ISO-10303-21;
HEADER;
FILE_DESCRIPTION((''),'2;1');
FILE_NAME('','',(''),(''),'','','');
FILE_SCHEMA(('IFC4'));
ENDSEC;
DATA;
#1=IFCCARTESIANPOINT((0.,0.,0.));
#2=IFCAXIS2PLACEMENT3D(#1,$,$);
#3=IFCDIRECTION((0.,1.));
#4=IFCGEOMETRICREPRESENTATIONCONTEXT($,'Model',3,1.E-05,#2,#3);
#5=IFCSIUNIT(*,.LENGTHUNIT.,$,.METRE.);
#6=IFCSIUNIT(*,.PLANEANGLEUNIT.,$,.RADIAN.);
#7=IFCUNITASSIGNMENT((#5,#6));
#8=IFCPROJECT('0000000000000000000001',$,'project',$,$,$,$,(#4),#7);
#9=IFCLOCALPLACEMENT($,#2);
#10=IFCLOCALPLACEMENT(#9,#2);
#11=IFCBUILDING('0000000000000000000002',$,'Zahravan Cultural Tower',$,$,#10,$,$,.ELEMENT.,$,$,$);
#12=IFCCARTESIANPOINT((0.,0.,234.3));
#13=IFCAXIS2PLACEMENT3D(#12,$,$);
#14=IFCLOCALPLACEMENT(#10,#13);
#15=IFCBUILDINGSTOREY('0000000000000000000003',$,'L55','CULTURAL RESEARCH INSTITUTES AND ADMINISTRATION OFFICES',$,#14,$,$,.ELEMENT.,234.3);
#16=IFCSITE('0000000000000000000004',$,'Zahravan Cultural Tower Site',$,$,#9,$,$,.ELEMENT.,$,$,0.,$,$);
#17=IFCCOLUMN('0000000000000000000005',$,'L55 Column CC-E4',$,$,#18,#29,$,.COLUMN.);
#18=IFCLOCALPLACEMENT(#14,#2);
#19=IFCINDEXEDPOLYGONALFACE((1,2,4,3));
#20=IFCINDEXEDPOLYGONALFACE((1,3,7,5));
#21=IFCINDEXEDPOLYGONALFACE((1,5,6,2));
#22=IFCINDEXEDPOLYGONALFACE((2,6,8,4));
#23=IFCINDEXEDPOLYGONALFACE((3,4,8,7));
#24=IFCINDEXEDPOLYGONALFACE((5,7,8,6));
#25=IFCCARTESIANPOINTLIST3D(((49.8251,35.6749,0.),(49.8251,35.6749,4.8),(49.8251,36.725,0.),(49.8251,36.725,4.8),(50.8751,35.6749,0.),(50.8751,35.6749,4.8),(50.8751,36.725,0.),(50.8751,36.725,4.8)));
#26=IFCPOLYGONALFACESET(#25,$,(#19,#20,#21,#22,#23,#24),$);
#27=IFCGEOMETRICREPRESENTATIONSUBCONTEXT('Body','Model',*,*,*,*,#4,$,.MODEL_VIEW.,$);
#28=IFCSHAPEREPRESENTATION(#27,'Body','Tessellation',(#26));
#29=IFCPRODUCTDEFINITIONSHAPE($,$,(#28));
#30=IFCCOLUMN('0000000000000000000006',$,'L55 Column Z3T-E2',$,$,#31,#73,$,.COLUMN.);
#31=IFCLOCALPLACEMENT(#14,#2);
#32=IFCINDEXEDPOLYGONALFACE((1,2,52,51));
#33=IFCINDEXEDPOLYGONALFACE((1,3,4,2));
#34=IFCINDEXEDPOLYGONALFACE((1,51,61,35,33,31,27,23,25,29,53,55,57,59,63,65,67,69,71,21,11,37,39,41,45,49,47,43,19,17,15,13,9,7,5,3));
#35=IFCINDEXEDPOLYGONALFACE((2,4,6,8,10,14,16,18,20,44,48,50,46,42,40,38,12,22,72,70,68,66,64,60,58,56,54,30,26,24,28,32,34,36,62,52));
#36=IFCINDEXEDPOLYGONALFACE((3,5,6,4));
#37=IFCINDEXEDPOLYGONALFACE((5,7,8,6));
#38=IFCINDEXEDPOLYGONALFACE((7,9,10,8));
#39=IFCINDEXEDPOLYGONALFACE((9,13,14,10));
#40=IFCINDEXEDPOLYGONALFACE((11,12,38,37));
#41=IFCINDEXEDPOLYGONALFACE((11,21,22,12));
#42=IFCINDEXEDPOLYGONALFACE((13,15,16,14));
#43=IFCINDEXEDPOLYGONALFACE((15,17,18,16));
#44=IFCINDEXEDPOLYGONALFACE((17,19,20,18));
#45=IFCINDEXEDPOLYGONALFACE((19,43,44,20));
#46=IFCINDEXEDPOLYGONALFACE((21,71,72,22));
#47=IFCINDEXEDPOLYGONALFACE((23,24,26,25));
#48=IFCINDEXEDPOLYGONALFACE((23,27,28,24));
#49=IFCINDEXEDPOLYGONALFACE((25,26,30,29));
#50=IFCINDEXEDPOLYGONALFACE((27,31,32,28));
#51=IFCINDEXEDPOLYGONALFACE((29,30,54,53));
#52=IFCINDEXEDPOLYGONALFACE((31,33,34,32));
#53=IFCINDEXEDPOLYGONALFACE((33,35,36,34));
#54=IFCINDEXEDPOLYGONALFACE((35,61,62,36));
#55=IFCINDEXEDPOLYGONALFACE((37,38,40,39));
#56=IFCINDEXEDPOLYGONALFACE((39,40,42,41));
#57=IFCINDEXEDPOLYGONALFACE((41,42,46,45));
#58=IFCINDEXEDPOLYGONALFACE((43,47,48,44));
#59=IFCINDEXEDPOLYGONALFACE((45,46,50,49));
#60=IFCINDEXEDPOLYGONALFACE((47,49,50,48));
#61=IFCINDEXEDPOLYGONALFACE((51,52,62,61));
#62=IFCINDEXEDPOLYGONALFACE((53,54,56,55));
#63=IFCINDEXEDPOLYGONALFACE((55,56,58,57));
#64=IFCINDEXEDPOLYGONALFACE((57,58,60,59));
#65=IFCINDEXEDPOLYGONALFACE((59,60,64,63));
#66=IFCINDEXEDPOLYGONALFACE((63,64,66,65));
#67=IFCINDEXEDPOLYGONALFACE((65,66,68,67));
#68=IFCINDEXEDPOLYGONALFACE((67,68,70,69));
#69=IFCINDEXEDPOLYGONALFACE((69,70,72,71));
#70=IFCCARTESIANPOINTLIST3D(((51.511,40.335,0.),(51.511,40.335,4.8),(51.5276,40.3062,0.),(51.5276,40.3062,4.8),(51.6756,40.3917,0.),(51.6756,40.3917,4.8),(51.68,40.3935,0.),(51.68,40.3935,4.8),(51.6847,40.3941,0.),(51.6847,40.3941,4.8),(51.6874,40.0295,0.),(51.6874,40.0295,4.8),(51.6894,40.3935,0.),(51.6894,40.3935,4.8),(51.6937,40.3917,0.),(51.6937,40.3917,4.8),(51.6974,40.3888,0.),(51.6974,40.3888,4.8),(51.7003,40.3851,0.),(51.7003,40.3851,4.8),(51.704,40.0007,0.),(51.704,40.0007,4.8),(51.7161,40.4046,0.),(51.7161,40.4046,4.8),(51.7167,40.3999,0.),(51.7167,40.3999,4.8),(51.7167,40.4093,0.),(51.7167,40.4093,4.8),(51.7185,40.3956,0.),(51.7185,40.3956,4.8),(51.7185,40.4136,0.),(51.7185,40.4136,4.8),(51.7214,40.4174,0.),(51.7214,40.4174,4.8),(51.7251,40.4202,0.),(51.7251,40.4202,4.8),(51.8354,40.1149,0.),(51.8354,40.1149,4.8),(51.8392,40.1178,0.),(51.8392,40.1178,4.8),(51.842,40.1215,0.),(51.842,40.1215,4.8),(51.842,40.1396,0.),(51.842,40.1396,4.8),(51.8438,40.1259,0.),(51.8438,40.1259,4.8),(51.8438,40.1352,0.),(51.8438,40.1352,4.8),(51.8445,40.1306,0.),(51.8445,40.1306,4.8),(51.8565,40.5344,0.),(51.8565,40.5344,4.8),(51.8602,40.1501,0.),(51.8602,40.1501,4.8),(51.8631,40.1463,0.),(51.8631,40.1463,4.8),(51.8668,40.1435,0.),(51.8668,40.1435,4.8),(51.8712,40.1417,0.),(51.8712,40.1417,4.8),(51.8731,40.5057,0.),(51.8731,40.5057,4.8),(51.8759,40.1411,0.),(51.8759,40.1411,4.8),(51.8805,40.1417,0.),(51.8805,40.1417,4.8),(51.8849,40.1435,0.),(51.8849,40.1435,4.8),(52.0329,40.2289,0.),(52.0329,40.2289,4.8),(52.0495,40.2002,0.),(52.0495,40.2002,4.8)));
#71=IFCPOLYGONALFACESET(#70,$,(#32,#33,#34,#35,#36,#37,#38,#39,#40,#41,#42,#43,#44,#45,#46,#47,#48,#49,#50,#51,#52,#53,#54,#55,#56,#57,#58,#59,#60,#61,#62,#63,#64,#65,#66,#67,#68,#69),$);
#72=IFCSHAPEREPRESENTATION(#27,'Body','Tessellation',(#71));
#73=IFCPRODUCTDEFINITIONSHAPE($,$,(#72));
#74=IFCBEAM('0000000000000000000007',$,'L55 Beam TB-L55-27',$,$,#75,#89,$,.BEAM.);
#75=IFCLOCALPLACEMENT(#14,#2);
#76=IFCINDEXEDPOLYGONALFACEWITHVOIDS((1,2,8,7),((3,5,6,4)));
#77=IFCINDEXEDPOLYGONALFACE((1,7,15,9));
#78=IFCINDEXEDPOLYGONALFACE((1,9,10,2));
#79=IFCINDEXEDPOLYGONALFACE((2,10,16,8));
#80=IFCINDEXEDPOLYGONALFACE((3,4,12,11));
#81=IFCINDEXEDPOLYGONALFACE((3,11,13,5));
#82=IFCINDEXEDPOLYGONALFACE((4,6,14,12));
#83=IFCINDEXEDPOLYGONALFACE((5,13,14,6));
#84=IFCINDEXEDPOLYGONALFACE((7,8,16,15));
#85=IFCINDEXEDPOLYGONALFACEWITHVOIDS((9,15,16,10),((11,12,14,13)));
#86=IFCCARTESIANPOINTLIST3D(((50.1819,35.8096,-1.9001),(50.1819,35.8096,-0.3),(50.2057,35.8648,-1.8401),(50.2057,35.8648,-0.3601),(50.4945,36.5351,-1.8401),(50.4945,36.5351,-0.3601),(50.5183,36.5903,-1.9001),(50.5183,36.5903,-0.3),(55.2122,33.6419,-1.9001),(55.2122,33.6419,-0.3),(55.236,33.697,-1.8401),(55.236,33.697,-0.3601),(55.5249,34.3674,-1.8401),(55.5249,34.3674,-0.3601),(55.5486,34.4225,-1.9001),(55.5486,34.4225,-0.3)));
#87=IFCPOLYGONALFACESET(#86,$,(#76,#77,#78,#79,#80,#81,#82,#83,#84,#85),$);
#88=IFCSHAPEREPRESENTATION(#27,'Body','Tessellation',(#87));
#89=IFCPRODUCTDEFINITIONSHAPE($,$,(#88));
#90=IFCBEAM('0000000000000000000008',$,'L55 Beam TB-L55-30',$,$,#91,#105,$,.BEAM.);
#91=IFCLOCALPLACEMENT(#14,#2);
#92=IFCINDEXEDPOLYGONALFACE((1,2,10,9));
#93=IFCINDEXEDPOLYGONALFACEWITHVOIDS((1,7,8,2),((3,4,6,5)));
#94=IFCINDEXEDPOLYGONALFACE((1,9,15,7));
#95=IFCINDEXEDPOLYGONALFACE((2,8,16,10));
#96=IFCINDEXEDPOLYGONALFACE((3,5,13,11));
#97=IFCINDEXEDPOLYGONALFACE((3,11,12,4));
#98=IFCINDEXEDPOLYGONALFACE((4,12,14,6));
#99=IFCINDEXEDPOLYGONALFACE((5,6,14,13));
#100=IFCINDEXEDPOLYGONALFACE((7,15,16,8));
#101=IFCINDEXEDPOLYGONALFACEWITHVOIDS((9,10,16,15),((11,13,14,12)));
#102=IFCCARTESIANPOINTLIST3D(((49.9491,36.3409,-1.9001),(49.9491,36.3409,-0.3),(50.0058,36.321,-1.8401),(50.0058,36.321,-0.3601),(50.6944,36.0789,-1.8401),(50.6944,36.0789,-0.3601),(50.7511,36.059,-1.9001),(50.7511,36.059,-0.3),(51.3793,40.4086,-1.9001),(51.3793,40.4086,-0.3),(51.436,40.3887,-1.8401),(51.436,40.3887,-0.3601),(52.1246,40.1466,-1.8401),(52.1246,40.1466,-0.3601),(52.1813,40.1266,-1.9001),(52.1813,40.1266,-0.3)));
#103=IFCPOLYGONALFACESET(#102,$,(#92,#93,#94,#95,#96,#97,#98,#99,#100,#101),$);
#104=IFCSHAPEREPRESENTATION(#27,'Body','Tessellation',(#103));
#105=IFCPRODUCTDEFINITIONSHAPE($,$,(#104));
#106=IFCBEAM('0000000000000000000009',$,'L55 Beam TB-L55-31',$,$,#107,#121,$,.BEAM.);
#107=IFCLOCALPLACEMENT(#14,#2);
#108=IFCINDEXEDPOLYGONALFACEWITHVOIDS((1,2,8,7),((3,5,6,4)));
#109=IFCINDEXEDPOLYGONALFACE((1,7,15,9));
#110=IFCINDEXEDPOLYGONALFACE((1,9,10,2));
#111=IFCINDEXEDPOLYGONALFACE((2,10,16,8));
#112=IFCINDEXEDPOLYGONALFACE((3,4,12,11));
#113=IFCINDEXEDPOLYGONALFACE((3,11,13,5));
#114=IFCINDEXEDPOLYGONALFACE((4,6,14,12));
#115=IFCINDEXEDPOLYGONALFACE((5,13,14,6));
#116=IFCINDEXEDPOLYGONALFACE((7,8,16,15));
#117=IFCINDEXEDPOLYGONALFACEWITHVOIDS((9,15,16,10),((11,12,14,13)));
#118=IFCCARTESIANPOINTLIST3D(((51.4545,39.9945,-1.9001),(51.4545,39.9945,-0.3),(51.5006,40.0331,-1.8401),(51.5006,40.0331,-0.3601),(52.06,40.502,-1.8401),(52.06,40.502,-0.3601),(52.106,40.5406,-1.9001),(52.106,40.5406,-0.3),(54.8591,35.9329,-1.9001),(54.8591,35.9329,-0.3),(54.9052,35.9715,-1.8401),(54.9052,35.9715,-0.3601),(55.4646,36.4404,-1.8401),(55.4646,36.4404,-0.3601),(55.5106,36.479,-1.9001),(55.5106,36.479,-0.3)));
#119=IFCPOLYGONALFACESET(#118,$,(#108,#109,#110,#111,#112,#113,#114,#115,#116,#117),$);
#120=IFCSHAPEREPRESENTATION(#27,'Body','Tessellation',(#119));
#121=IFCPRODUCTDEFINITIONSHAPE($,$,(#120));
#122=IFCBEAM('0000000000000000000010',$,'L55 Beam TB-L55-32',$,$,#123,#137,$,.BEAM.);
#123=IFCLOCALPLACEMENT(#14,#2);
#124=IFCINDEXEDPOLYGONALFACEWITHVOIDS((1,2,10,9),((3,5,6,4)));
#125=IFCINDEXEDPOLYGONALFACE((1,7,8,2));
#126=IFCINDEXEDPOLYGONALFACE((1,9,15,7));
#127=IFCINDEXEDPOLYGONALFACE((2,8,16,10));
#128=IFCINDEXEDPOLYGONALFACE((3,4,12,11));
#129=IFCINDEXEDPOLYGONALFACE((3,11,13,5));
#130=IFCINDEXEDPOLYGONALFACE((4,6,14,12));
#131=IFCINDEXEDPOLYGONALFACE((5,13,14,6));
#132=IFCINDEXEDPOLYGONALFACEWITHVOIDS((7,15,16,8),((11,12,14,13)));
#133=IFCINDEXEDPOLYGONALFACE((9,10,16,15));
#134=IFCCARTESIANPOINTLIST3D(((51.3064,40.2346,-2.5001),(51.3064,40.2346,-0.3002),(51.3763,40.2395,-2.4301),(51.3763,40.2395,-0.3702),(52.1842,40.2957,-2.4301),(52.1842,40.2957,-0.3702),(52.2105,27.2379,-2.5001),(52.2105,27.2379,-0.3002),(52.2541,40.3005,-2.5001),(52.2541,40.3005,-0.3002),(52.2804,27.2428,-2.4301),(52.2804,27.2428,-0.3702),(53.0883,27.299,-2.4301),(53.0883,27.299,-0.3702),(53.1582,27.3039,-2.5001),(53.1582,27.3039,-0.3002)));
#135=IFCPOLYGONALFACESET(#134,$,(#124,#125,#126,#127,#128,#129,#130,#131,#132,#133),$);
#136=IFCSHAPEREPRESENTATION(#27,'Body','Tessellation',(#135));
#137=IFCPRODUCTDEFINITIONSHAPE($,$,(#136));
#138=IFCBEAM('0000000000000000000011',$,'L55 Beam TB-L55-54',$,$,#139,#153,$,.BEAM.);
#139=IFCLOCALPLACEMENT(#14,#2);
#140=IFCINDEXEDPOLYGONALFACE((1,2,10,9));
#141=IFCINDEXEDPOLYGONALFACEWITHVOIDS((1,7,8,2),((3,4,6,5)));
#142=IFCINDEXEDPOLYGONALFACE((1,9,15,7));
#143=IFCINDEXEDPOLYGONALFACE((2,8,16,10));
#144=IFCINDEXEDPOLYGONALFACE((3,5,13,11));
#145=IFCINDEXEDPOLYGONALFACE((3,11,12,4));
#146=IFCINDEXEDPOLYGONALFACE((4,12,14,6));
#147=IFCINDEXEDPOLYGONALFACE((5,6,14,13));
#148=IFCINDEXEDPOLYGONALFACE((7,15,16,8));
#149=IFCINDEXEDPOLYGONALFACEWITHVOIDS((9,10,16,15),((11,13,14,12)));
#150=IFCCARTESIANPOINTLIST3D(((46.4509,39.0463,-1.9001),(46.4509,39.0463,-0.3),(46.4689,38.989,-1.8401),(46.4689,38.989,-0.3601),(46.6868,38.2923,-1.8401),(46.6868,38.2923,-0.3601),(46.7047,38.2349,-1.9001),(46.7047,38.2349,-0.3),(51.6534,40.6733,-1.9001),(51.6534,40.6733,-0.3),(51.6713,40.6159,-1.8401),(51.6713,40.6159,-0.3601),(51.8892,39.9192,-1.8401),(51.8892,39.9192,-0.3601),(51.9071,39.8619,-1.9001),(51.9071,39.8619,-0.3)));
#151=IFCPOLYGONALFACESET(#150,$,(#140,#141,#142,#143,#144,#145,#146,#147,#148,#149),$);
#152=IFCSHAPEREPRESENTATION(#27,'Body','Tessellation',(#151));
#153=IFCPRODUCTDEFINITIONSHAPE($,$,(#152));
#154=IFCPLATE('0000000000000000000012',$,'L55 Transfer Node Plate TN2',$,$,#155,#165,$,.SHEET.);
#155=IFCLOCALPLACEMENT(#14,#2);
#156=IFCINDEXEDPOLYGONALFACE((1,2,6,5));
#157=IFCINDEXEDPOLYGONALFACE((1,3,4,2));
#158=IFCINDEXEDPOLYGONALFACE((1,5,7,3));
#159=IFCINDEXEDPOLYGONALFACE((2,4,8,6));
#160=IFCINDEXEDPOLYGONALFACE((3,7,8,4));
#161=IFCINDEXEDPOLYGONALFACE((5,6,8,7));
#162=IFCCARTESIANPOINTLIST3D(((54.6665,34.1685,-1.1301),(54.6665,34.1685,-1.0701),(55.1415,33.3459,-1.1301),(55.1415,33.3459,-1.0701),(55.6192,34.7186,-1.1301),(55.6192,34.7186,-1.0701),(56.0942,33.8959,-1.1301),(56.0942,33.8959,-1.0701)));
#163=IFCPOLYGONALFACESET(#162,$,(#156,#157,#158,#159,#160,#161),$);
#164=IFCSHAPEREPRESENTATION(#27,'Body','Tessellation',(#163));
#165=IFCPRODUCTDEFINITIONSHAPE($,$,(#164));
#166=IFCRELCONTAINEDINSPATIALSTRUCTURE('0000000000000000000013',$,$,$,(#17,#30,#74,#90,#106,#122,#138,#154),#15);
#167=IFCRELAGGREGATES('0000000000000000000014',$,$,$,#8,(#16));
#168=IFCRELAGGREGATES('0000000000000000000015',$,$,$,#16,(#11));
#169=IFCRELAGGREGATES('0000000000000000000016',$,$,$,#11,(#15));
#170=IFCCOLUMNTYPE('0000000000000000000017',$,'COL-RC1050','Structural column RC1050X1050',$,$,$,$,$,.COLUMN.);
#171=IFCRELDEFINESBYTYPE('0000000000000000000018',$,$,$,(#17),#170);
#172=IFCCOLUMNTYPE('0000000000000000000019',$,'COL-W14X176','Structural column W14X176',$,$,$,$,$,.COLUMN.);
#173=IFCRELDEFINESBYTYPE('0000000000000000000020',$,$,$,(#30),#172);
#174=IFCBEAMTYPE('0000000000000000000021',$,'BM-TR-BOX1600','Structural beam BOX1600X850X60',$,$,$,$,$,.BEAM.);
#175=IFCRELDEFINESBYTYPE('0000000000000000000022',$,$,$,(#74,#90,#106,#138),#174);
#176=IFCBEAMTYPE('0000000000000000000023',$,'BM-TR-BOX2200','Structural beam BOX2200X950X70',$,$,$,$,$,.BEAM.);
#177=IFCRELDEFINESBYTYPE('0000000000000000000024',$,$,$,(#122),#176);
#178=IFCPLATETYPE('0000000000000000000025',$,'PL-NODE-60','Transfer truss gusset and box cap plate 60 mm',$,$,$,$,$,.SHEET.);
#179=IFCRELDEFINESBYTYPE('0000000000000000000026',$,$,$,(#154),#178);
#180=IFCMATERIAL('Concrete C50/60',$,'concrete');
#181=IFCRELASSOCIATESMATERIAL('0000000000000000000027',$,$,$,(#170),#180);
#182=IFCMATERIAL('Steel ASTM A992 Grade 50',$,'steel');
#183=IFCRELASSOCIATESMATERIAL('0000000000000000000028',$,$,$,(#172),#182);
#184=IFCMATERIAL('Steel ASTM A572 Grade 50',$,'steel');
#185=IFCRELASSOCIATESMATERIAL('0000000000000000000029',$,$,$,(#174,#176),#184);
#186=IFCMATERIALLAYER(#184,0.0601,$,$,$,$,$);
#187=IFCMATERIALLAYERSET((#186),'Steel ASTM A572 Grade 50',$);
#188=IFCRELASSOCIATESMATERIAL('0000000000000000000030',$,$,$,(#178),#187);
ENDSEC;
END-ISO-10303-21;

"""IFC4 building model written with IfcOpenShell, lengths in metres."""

from ifc_helpers import new_model, si_unit, direction, frame, origin, origin_2d, place, context, subcontext, project, spatial, rectangle, hollow_rectangle, i_section, extrude, source, transform, mapped, material, layer, layer_set, material_profile, profile_set, type_object, element, save


model = new_model("IFC4")

# Units and contexts
model_context = context("Model", 3, precision=1e-05, world=origin(), true_north=direction((0.0, 1.0)))
body_context = subcontext(model_context, "Body", "Model", "MODEL_VIEW")
ifc_project = project(units=[si_unit("LENGTHUNIT", "METRE"), si_unit("PLANEANGLEUNIT", "RADIAN")], contexts=[model_context])

# Site, building, storey
site_placement = place(None, origin())
site = spatial("IfcSite", under=ifc_project, at=site_placement, Name="Zahravan Cultural Tower Site", CompositionType="ELEMENT", RefElevation=0.0)
building_placement = place(site_placement, origin())
building = spatial("IfcBuilding", under=site, at=building_placement, Name="Zahravan Cultural Tower", CompositionType="ELEMENT")
storey_placement = place(building_placement, frame((0.0, 0.0, 234.3)))
storey = spatial("IfcBuildingStorey", under=building, at=storey_placement, Name="L55", Description="CULTURAL RESEARCH INSTITUTES AND ADMINISTRATION OFFICES", CompositionType="ELEMENT", Elevation=234.3)

# Columns
ifc_material_1 = material(Name="Concrete C50/60", Category="concrete")
ifc_material_profile_1 = material_profile(ifc_material_1, rectangle(XDim=1.05, YDim=1.05, at=origin_2d()), Name="RC1050X1050")
ifc_profile_set_1 = profile_set([ifc_material_profile_1], Name="Concrete C50/60")
column_type_1 = type_object("IfcColumnType", Name="COL-RC1050", Description="Structural column RC1050X1050", PredefinedType="COLUMN", material=ifc_profile_set_1)
shared_shape_1 = source(origin(), body_context, "Body", "SweptSolid", [
    extrude(rectangle(XDim=1.05, YDim=1.05, at=origin_2d()), origin(), (0.0, 0.0, 1.0), 4.8),
])
column_1_placement = place(storey_placement, frame((50.3501, 36.2, 0.0), z_axis=(0.0, 0.0, 1.0), x_axis=(1.0, 0.0, 0.0)))
element("IfcColumn", 1, at=column_1_placement, inside=storey, type_object=column_type_1, Name="L55 Column CC-E4", PredefinedType="COLUMN", context=body_context, shape_type="MappedRepresentation", body=[
    mapped(shared_shape_1, transform((0.0, 0.0, 0.0), x_axis=(1.0, 0.0, 0.0), y_axis=(0.0, 1.0, 0.0), z_axis=(0.0, 0.0, 1.0), scale=1.0)),
])
ifc_material_2 = material(Name="Steel ASTM A992 Grade 50", Category="steel")
ifc_material_profile_2 = material_profile(ifc_material_2, i_section(OverallWidth=0.3989, OverallDepth=0.386, WebThickness=0.021, FlangeThickness=0.0332, FilletRadius=0.0181, at=origin_2d()), Name="W14X176")
ifc_profile_set_2 = profile_set([ifc_material_profile_2], Name="Steel ASTM A992 Grade 50")
column_type_2 = type_object("IfcColumnType", Name="COL-W14X176", Description="Structural column W14X176", PredefinedType="COLUMN", material=ifc_profile_set_2)
shared_shape_2 = source(origin(), body_context, "Body", "SweptSolid", [
    extrude(i_section(OverallWidth=0.3989, OverallDepth=0.386, WebThickness=0.021, FlangeThickness=0.0332, FilletRadius=0.0181, at=origin_2d()), origin(), (0.0, 0.0, 1.0), 4.8),
])
column_2_placement = place(storey_placement, frame((51.7803, 40.2676, 0.0), z_axis=(0.0, 0.0, 1.0), x_axis=(0.866025, 0.5, 0.0)))
element("IfcColumn", 2, at=column_2_placement, inside=storey, type_object=column_type_2, Name="L55 Column Z3T-E2", PredefinedType="COLUMN", context=body_context, shape_type="MappedRepresentation", body=[
    mapped(shared_shape_2, transform((0.0, 0.0, 0.0), x_axis=(1.0, 0.0, 0.0), y_axis=(0.0, 1.0, 0.0), z_axis=(0.0, 0.0, 1.0), scale=1.0)),
])

# Beams
ifc_material_3 = material(Name="Steel ASTM A572 Grade 50", Category="steel")
ifc_material_profile_3 = material_profile(ifc_material_3, hollow_rectangle(XDim=0.8501, YDim=1.6001, WallThickness=0.0601, at=origin_2d()), Name="BOX1600X850X60")
ifc_profile_set_3 = profile_set([ifc_material_profile_3], Name="Steel ASTM A572 Grade 50")
beam_type_1 = type_object("IfcBeamType", Name="BM-TR-BOX1600", Description="Structural beam BOX1600X850X60", PredefinedType="BEAM", material=ifc_profile_set_3)
shared_shape_3 = source(origin(), body_context, "Body", "SweptSolid", [
    extrude(hollow_rectangle(XDim=0.8501, YDim=1.6001, WallThickness=0.0601, at=origin_2d()), origin(), (0.0, 0.0, 1.0), 5.4775),
])
beam_1_placement = place(storey_placement, frame((50.3501, 36.2, -1.1001), z_axis=(0.918357, -0.395753, 0.0), x_axis=(0.395753, 0.918357, 0.0)))
element("IfcBeam", 3, at=beam_1_placement, inside=storey, type_object=beam_type_1, Name="L55 Beam TB-L55-27", PredefinedType="BEAM", context=body_context, shape_type="MappedRepresentation", body=[
    mapped(shared_shape_3, transform((0.0, 0.0, 0.0), x_axis=(1.0, 0.0, 0.0), y_axis=(0.0, 1.0, 0.0), z_axis=(0.0, 0.0, 1.0), scale=1.0)),
])
shared_shape_4 = source(origin(), body_context, "Body", "SweptSolid", [
    extrude(hollow_rectangle(XDim=0.8501, YDim=1.6001, WallThickness=0.0601, at=origin_2d()), origin(), (0.0, 0.0, 1.0), 4.3118),
])
beam_2_placement = place(storey_placement, frame((50.3501, 36.2, -1.1001), z_axis=(0.331694, 0.943387, 0.0), x_axis=(-0.943387, 0.331694, 0.0)))
element("IfcBeam", 4, at=beam_2_placement, inside=storey, type_object=beam_type_1, Name="L55 Beam TB-L55-30", PredefinedType="BEAM", context=body_context, shape_type="MappedRepresentation", body=[
    mapped(shared_shape_4, transform((0.0, 0.0, 0.0), x_axis=(1.0, 0.0, 0.0), y_axis=(0.0, 1.0, 0.0), z_axis=(0.0, 0.0, 1.0), scale=1.0)),
])
shared_shape_5 = source(origin(), body_context, "Body", "SweptSolid", [
    extrude(hollow_rectangle(XDim=0.8501, YDim=1.6001, WallThickness=0.0601, at=origin_2d()), origin(), (0.0, 0.0, 1.0), 5.2998),
])
beam_3_placement = place(storey_placement, frame((51.7803, 40.2676, -1.1001), z_axis=(0.642402, -0.766368, 0.0), x_axis=(0.766368, 0.642402, 0.0)))
element("IfcBeam", 5, at=beam_3_placement, inside=storey, type_object=beam_type_1, Name="L55 Beam TB-L55-31", PredefinedType="BEAM", context=body_context, shape_type="MappedRepresentation", body=[
    mapped(shared_shape_5, transform((0.0, 0.0, 0.0), x_axis=(1.0, 0.0, 0.0), y_axis=(0.0, 1.0, 0.0), z_axis=(0.0, 0.0, 1.0), scale=1.0)),
])
ifc_material_profile_4 = material_profile(ifc_material_3, hollow_rectangle(XDim=0.95, YDim=2.2, WallThickness=0.0701, at=origin_2d()), Name="BOX2200X950X70")
ifc_profile_set_4 = profile_set([ifc_material_profile_4], Name="Steel ASTM A572 Grade 50")
beam_type_2 = type_object("IfcBeamType", Name="BM-TR-BOX2200", Description="Structural beam BOX2200X950X70", PredefinedType="BEAM", material=ifc_profile_set_4)
shared_shape_6 = source(origin(), body_context, "Body", "SweptSolid", [
    extrude(hollow_rectangle(XDim=0.95, YDim=2.2, WallThickness=0.0701, at=origin_2d()), origin(), (0.0, 0.0, 1.0), 13.0281),
])
beam_4_placement = place(storey_placement, frame((51.7803, 40.2676, -1.4001), z_axis=(0.069393, -0.997589, 0.0), x_axis=(0.997589, 0.069393, 0.0)))
element("IfcBeam", 6, at=beam_4_placement, inside=storey, type_object=beam_type_2, Name="L55 Beam TB-L55-32", PredefinedType="BEAM", context=body_context, shape_type="MappedRepresentation", body=[
    mapped(shared_shape_6, transform((0.0, 0.0, 0.0), x_axis=(1.0, 0.0, 0.0), y_axis=(0.0, 1.0, 0.0), z_axis=(0.0, 0.0, 1.0), scale=1.0)),
])
shared_shape_7 = source(origin(), body_context, "Body", "SweptSolid", [
    extrude(hollow_rectangle(XDim=0.8501, YDim=1.6001, WallThickness=0.0601, at=origin_2d()), origin(), (0.0, 0.0, 1.0), 5.4509),
])
beam_5_placement = place(storey_placement, frame((51.7803, 40.2676, -1.1001), z_axis=(-0.954417, -0.298476, 0.0), x_axis=(0.298476, -0.954417, 0.0)))
element("IfcBeam", 7, at=beam_5_placement, inside=storey, type_object=beam_type_1, Name="L55 Beam TB-L55-54", PredefinedType="BEAM", context=body_context, shape_type="MappedRepresentation", body=[
    mapped(shared_shape_7, transform((0.0, 0.0, 0.0), x_axis=(1.0, 0.0, 0.0), y_axis=(0.0, 1.0, 0.0), z_axis=(0.0, 0.0, 1.0), scale=1.0)),
])

# Plate
ifc_layer_1 = layer(ifc_material_3, 0.0601)
ifc_layer_set_1 = layer_set([ifc_layer_1], Name="Steel ASTM A572 Grade 50")
plate_type = type_object("IfcPlateType", Name="PL-NODE-60", Description="Transfer truss gusset and box cap plate 60 mm", PredefinedType="SHEET", material=ifc_layer_set_1)
shared_shape_8 = source(origin(), body_context, "Body", "SweptSolid", [
    extrude(rectangle(XDim=1.1001, YDim=0.95, at=origin_2d()), origin(), (0.0, 0.0, 1.0), 0.0601),
])
for number, where, z_axis, x_axis, name in (
    (8, (55.3804, 34.0322, -1.1301), (0.0, 0.0, 1.0), (0.866025, 0.5, 0.0), "L55 Transfer Node Plate TN2"),
):
    element("IfcPlate", number, at=place(storey_placement, frame(where, z_axis=z_axis, x_axis=x_axis)), inside=storey, type_object=plate_type, Name=name, PredefinedType="SHEET", context=body_context, shape_type="MappedRepresentation", body=[
        mapped(shared_shape_8, transform((0.0, 0.0, 0.0), x_axis=(1.0, 0.0, 0.0), y_axis=(0.0, 1.0, 0.0), z_axis=(0.0, 0.0, 1.0), scale=1.0)),
    ])

save(model, "model.ifc")
